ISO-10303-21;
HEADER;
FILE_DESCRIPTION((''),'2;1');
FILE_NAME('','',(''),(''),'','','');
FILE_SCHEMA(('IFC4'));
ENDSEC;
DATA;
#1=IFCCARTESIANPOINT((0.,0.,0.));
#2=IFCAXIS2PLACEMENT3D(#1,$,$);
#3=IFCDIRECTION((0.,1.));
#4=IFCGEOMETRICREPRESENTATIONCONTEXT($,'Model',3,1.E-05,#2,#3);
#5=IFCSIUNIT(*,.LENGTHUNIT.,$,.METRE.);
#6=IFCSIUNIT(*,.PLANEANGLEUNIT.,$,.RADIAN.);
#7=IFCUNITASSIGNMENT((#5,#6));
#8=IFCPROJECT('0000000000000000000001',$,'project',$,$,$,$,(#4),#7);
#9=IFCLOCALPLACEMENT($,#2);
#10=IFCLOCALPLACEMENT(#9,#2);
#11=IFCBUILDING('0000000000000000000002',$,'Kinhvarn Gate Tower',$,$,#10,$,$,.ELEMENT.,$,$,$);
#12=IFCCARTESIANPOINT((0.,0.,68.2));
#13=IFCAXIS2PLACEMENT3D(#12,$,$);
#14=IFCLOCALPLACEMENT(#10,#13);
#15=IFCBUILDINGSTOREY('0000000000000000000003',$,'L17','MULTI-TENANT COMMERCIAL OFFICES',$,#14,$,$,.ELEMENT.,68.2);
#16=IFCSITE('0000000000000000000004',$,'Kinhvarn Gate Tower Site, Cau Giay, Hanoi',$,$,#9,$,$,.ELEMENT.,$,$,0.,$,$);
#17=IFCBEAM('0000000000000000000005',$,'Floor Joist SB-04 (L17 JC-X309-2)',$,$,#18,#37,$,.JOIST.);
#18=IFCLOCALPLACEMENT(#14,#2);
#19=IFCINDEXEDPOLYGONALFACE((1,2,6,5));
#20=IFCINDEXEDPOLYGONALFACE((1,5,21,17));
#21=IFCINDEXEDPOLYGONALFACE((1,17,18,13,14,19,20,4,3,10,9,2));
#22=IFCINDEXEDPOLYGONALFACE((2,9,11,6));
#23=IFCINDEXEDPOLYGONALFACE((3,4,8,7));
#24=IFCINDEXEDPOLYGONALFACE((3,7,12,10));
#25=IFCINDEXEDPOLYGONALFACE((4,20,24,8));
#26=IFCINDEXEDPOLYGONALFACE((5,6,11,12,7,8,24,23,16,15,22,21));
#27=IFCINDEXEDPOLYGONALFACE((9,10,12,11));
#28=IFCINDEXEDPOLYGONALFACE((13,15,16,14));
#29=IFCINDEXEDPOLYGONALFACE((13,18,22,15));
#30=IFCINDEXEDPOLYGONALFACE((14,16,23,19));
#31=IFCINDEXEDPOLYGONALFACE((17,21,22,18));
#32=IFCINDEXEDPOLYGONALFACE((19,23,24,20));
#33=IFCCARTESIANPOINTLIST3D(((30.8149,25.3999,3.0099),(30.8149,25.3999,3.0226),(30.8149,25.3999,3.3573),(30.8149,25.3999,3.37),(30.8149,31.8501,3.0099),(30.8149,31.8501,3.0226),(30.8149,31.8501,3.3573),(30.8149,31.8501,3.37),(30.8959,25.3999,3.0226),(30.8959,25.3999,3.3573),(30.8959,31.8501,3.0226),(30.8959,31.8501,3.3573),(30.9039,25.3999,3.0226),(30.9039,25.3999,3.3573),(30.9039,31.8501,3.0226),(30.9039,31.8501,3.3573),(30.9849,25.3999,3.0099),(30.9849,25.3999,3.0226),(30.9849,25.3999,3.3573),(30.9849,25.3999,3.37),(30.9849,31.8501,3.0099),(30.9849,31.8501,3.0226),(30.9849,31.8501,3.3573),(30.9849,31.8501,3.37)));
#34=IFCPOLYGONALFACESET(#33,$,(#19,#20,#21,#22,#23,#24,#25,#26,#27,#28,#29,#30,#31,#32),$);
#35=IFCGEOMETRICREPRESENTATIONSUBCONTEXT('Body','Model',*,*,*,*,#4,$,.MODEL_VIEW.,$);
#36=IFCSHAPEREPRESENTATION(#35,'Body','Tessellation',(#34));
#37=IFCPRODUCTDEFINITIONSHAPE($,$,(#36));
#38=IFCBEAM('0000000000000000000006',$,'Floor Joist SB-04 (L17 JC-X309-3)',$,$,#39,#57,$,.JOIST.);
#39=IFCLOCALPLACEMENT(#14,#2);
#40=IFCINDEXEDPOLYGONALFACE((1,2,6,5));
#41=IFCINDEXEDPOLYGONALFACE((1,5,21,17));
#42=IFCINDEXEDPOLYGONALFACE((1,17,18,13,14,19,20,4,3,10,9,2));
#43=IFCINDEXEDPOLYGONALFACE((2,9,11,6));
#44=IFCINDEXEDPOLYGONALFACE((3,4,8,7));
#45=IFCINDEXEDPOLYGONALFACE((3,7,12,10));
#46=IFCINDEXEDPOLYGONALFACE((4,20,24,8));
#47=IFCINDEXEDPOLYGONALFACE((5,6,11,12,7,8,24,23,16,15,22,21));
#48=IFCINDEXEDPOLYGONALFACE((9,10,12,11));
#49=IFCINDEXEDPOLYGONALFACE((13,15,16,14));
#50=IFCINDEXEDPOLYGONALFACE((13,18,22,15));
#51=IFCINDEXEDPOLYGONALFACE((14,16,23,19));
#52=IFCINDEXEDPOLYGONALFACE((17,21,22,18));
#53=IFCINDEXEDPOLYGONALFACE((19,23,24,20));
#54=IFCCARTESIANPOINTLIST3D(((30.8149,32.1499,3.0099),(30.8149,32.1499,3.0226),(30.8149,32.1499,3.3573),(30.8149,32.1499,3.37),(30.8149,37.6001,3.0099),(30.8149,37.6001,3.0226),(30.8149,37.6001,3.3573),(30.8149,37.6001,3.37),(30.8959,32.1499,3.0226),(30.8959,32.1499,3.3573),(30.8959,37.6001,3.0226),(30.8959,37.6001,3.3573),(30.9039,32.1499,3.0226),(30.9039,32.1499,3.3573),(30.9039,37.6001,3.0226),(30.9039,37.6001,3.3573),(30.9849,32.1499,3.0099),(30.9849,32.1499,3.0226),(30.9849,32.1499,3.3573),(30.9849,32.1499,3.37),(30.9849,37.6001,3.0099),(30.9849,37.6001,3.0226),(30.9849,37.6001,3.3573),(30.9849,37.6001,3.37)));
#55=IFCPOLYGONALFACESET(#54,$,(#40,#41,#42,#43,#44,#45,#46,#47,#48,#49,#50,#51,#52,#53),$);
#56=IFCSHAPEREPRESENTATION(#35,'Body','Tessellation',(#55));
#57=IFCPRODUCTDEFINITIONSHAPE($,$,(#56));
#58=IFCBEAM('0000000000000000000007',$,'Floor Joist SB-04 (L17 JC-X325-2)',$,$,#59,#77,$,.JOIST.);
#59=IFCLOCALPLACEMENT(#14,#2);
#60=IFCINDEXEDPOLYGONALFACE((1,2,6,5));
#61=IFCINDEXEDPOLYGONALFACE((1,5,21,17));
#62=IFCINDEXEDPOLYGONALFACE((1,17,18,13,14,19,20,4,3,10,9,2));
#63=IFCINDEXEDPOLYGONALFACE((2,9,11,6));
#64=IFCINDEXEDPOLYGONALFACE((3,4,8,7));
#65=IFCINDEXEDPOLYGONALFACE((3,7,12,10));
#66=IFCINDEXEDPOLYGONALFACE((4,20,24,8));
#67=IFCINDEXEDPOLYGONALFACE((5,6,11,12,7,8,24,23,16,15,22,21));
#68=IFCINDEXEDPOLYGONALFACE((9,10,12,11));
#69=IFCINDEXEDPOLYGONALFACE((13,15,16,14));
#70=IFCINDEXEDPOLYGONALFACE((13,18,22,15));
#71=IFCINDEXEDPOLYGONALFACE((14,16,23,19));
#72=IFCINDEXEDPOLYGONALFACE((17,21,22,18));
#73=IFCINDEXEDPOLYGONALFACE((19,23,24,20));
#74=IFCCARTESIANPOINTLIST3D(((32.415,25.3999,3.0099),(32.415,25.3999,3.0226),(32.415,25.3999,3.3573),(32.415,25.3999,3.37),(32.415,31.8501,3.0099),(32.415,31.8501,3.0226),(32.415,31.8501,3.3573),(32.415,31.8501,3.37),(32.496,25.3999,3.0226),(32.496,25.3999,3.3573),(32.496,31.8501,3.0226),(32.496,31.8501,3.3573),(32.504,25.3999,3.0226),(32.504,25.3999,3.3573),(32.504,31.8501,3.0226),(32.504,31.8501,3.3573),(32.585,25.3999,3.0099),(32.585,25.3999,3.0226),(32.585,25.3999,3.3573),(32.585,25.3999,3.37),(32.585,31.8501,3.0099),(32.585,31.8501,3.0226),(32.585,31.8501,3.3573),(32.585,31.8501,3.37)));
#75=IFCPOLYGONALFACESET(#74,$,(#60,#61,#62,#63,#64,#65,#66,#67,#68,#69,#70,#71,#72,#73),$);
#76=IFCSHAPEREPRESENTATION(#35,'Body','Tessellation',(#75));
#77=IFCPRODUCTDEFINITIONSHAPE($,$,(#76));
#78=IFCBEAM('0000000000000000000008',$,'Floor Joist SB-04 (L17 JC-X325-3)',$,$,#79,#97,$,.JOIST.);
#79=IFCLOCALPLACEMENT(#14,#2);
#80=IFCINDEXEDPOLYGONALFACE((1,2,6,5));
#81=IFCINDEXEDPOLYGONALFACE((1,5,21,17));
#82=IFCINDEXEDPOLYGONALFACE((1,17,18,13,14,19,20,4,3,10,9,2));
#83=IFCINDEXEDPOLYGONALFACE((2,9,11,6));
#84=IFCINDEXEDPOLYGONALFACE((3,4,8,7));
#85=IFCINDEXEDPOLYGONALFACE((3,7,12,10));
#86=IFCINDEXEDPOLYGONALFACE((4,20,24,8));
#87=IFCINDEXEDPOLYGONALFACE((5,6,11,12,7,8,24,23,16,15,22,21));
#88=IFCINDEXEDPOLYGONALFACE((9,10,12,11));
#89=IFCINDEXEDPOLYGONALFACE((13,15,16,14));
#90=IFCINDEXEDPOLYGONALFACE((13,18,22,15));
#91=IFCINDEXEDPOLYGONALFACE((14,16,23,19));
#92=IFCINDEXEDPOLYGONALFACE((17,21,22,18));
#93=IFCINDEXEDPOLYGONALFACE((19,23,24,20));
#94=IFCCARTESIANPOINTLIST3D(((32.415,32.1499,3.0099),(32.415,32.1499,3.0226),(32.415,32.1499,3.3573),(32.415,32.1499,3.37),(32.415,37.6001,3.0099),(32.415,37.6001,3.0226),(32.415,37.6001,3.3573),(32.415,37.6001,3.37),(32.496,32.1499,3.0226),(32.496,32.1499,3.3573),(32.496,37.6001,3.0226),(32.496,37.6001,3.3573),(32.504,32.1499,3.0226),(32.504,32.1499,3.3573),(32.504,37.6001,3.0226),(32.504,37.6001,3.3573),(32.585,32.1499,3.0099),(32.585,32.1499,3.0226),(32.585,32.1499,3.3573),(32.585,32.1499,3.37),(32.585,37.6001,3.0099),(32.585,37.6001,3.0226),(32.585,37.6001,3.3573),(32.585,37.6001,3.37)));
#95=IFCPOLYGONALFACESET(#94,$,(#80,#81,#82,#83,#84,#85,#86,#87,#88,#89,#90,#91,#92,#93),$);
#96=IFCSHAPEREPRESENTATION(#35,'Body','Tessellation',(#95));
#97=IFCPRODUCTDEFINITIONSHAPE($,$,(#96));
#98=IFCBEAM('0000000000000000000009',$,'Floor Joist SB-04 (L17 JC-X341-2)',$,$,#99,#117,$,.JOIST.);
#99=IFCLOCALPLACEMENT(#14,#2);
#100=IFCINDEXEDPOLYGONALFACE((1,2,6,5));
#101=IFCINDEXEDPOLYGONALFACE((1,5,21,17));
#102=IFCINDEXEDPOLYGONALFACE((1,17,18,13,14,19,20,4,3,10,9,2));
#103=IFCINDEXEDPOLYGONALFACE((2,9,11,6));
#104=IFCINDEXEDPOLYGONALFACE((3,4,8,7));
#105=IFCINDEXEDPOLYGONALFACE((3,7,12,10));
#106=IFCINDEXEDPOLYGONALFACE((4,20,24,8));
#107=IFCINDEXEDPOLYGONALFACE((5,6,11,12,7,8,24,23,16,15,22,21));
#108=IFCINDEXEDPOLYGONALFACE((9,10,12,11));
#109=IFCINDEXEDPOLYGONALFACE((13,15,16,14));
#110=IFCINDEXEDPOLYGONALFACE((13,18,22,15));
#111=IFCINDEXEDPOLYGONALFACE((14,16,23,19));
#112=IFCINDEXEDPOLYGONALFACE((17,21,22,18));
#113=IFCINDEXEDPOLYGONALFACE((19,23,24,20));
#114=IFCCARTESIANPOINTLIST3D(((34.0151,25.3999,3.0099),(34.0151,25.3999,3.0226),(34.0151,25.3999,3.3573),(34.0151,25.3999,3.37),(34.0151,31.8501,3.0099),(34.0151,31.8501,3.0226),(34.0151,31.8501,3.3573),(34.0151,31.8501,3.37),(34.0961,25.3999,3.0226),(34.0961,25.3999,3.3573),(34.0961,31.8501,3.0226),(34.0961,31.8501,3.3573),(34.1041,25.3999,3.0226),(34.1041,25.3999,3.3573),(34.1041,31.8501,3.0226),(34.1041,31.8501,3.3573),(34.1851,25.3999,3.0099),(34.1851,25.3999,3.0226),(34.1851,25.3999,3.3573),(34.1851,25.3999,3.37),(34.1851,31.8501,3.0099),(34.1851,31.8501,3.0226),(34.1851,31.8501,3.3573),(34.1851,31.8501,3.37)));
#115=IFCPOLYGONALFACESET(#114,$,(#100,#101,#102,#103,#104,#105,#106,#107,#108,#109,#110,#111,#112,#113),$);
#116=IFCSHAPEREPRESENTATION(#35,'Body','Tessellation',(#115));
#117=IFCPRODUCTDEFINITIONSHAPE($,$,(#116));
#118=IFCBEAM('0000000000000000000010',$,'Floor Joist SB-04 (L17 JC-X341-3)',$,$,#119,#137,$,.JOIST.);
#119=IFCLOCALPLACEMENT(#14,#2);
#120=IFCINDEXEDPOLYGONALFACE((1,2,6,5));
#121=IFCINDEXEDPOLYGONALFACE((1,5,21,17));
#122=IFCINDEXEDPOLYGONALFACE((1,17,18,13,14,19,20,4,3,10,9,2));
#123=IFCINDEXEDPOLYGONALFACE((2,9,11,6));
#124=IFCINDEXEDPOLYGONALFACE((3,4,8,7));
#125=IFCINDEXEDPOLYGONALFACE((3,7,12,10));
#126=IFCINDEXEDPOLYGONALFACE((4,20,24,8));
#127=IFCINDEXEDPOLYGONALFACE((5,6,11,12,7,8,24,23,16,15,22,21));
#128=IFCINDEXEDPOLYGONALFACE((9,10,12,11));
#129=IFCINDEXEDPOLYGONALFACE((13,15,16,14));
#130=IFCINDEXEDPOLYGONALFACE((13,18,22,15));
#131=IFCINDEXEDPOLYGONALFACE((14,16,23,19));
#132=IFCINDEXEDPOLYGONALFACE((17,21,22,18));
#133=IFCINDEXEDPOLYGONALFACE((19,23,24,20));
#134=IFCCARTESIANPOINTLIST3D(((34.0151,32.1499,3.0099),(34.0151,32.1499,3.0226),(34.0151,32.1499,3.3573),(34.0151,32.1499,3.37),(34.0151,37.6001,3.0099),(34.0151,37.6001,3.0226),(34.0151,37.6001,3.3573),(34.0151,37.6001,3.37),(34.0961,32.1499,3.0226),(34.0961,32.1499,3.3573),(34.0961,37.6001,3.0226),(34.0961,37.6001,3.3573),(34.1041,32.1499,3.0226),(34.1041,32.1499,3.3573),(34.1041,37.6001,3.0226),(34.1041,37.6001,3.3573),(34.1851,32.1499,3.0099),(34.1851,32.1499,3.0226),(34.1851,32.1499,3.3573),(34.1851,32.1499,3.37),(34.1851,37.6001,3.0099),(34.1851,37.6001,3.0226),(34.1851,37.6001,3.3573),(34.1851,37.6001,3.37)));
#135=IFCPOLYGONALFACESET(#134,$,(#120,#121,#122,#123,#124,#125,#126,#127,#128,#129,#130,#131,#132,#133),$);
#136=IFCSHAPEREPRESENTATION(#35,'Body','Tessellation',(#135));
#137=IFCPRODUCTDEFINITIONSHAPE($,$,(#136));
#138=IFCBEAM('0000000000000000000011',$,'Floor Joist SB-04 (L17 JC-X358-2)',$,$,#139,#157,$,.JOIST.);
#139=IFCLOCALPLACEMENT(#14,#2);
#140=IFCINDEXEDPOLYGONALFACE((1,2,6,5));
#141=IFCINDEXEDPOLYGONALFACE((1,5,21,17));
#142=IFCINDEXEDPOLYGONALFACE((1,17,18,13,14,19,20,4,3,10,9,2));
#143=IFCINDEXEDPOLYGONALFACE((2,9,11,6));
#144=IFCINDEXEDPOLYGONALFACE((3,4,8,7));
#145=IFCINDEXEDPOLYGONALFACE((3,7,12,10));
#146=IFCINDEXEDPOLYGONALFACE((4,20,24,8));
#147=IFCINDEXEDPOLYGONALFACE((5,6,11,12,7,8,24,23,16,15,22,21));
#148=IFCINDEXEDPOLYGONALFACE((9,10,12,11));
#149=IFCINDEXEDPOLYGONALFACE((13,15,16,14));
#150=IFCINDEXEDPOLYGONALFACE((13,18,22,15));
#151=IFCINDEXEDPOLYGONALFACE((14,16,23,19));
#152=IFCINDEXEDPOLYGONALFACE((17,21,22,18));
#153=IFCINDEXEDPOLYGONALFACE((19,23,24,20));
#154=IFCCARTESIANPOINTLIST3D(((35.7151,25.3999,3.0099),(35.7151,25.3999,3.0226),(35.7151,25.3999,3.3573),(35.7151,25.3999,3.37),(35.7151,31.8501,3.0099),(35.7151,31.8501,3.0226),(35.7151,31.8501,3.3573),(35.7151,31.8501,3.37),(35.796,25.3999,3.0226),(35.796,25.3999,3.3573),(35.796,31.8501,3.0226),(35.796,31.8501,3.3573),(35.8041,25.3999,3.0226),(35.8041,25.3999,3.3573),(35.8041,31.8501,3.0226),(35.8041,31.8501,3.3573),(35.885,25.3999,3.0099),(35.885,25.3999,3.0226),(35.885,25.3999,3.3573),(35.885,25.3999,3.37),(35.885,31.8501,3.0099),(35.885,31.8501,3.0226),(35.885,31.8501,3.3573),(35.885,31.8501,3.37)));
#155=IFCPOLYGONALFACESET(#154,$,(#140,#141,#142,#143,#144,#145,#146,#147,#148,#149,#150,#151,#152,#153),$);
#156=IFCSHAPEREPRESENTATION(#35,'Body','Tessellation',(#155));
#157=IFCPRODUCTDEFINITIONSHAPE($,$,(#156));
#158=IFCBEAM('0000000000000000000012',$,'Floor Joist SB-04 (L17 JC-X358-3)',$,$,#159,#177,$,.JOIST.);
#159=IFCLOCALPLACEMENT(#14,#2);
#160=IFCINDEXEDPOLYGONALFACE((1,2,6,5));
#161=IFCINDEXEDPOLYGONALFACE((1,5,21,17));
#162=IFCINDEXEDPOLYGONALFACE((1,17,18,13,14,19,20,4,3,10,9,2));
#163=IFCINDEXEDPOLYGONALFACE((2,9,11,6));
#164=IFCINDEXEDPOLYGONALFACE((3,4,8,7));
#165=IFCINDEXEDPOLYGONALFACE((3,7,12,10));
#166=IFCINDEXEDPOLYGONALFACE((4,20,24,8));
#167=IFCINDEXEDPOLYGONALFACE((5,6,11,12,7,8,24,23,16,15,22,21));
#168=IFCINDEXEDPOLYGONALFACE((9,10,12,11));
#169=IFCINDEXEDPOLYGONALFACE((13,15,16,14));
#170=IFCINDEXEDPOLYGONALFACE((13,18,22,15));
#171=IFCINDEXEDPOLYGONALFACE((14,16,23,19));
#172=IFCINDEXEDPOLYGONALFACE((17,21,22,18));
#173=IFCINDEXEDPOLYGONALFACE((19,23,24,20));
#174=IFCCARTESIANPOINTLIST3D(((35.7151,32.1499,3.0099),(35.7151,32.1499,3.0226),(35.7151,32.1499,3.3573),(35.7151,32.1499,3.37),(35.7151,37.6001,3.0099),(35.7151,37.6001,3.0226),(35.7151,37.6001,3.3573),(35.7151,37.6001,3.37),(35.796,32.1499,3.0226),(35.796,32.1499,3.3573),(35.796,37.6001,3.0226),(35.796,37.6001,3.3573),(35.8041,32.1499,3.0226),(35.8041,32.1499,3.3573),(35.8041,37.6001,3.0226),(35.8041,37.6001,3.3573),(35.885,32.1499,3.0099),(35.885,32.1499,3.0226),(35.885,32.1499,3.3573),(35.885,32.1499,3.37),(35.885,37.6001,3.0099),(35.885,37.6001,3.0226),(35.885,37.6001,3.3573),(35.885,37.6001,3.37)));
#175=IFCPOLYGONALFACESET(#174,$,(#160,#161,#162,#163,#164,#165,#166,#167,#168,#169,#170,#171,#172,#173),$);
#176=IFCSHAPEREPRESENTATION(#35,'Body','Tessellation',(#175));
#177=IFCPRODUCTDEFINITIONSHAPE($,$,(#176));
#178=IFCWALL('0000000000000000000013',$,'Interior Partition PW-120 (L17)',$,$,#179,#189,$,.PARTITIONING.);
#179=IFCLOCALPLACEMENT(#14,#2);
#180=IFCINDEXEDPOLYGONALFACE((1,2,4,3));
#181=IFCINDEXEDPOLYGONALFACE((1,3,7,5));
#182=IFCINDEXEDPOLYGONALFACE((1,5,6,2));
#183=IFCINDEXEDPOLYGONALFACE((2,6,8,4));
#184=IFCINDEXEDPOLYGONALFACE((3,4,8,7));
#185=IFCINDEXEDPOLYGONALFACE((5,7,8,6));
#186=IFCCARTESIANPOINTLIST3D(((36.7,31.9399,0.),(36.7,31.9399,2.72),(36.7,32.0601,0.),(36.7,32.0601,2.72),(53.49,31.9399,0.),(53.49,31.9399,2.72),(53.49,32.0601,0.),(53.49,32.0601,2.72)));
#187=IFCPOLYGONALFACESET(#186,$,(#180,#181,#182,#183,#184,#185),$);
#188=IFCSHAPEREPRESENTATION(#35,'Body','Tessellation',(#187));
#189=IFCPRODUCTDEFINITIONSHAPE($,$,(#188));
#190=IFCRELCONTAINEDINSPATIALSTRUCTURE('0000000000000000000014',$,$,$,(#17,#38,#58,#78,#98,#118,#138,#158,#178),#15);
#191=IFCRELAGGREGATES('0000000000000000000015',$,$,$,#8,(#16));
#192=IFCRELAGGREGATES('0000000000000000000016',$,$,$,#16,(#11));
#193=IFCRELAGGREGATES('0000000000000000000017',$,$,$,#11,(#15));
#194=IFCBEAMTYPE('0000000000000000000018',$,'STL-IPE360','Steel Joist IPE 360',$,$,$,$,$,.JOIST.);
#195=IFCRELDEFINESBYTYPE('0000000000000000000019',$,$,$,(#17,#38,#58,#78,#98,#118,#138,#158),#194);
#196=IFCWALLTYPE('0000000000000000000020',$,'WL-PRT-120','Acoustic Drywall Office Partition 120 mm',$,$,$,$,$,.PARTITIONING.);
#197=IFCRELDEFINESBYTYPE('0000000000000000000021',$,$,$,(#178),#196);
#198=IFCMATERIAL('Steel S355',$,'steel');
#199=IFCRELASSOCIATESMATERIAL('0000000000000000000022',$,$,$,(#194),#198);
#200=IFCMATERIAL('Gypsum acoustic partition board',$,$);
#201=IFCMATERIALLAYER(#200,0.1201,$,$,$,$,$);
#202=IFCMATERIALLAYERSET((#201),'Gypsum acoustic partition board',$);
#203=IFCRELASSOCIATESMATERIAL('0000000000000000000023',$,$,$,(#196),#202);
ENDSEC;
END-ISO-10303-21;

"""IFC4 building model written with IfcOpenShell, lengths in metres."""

from ifc_helpers import new_model, si_unit, direction, frame, frame_2d, origin, origin_2d, place, context, subcontext, project, spatial, rectangle, i_section, extrude, material, layer, layer_set, material_profile, profile_set, type_object, element, save


model = new_model("IFC4")

# Units and contexts
model_context = context("Model", 3, precision=1e-05, world=origin(), true_north=direction((0.0, 1.0)))
body_context = subcontext(model_context, "Body", "Model", "MODEL_VIEW")
ifc_project = project(units=[si_unit("LENGTHUNIT", "METRE"), si_unit("PLANEANGLEUNIT", "RADIAN")], contexts=[model_context])

# Site, building, storey
site_placement = place(None, origin())
site = spatial("IfcSite", under=ifc_project, at=site_placement, Name="Kinhvarn Gate Tower Site, Cau Giay, Hanoi", CompositionType="ELEMENT", RefElevation=0.0)
building_placement = place(site_placement, origin())
building = spatial("IfcBuilding", under=site, at=building_placement, Name="Kinhvarn Gate Tower", CompositionType="ELEMENT")
storey_placement = place(building_placement, frame((0.0, 0.0, 68.2)))
storey = spatial("IfcBuildingStorey", under=building, at=storey_placement, Name="L17", Description="MULTI-TENANT COMMERCIAL OFFICES", CompositionType="ELEMENT", Elevation=68.2)

# Beams
ifc_material_1 = material(Name="Steel S355", Category="steel")
ifc_material_profile = material_profile(ifc_material_1, i_section(OverallWidth=0.1699, OverallDepth=0.3601, WebThickness=0.0081, FlangeThickness=0.0127, at=origin_2d()), Name="IPE 360")
ifc_profile_set = profile_set([ifc_material_profile], Name="Steel S355")
beam_type = type_object("IfcBeamType", Name="STL-IPE360", Description="Steel Joist IPE 360", PredefinedType="JOIST", material=ifc_profile_set)
beam_1_placement = place(storey_placement, frame((30.8999, 25.3999, 3.1899), z_axis=(0.0, 1.0, 0.0), x_axis=(-1.0, 0.0, 0.0)))
element("IfcBeam", 1, at=beam_1_placement, inside=storey, type_object=beam_type, Name="Floor Joist SB-04 (L17 JC-X309-2)", PredefinedType="JOIST", context=body_context, shape_type="SweptSolid", body=[
    extrude(i_section(OverallWidth=0.1699, OverallDepth=0.3601, WebThickness=0.0081, FlangeThickness=0.0127, at=origin_2d()), origin(), (0.0, 0.0, 1.0), 6.4502),
])
beam_2_placement = place(storey_placement, frame((30.8999, 32.1499, 3.1899), z_axis=(0.0, 1.0, 0.0), x_axis=(-1.0, 0.0, 0.0)))
element("IfcBeam", 2, at=beam_2_placement, inside=storey, type_object=beam_type, Name="Floor Joist SB-04 (L17 JC-X309-3)", PredefinedType="JOIST", context=body_context, shape_type="SweptSolid", body=[
    extrude(i_section(OverallWidth=0.1699, OverallDepth=0.3601, WebThickness=0.0081, FlangeThickness=0.0127, at=origin_2d()), origin(), (0.0, 0.0, 1.0), 5.4502),
])
beam_3_placement = place(storey_placement, frame((32.5, 25.3999, 3.1899), z_axis=(0.0, 1.0, 0.0), x_axis=(-1.0, 0.0, 0.0)))
element("IfcBeam", 3, at=beam_3_placement, inside=storey, type_object=beam_type, Name="Floor Joist SB-04 (L17 JC-X325-2)", PredefinedType="JOIST", context=body_context, shape_type="SweptSolid", body=[
    extrude(i_section(OverallWidth=0.1699, OverallDepth=0.3601, WebThickness=0.0081, FlangeThickness=0.0127, at=origin_2d()), origin(), (0.0, 0.0, 1.0), 6.4502),
])
beam_4_placement = place(storey_placement, frame((32.5, 32.1499, 3.1899), z_axis=(0.0, 1.0, 0.0), x_axis=(-1.0, 0.0, 0.0)))
element("IfcBeam", 4, at=beam_4_placement, inside=storey, type_object=beam_type, Name="Floor Joist SB-04 (L17 JC-X325-3)", PredefinedType="JOIST", context=body_context, shape_type="SweptSolid", body=[
    extrude(i_section(OverallWidth=0.1699, OverallDepth=0.3601, WebThickness=0.0081, FlangeThickness=0.0127, at=origin_2d()), origin(), (0.0, 0.0, 1.0), 5.4502),
])
beam_5_placement = place(storey_placement, frame((34.1001, 25.3999, 3.1899), z_axis=(0.0, 1.0, 0.0), x_axis=(-1.0, 0.0, 0.0)))
element("IfcBeam", 5, at=beam_5_placement, inside=storey, type_object=beam_type, Name="Floor Joist SB-04 (L17 JC-X341-2)", PredefinedType="JOIST", context=body_context, shape_type="SweptSolid", body=[
    extrude(i_section(OverallWidth=0.1699, OverallDepth=0.3601, WebThickness=0.0081, FlangeThickness=0.0127, at=origin_2d()), origin(), (0.0, 0.0, 1.0), 6.4502),
])
beam_6_placement = place(storey_placement, frame((34.1001, 32.1499, 3.1899), z_axis=(0.0, 1.0, 0.0), x_axis=(-1.0, 0.0, 0.0)))
element("IfcBeam", 6, at=beam_6_placement, inside=storey, type_object=beam_type, Name="Floor Joist SB-04 (L17 JC-X341-3)", PredefinedType="JOIST", context=body_context, shape_type="SweptSolid", body=[
    extrude(i_section(OverallWidth=0.1699, OverallDepth=0.3601, WebThickness=0.0081, FlangeThickness=0.0127, at=origin_2d()), origin(), (0.0, 0.0, 1.0), 5.4502),
])
beam_7_placement = place(storey_placement, frame((35.8, 25.3999, 3.1899), z_axis=(0.0, 1.0, 0.0), x_axis=(-1.0, 0.0, 0.0)))
element("IfcBeam", 7, at=beam_7_placement, inside=storey, type_object=beam_type, Name="Floor Joist SB-04 (L17 JC-X358-2)", PredefinedType="JOIST", context=body_context, shape_type="SweptSolid", body=[
    extrude(i_section(OverallWidth=0.1699, OverallDepth=0.3601, WebThickness=0.0081, FlangeThickness=0.0127, at=origin_2d()), origin(), (0.0, 0.0, 1.0), 6.4502),
])
beam_8_placement = place(storey_placement, frame((35.8, 32.1499, 3.1899), z_axis=(0.0, 1.0, 0.0), x_axis=(-1.0, 0.0, 0.0)))
element("IfcBeam", 8, at=beam_8_placement, inside=storey, type_object=beam_type, Name="Floor Joist SB-04 (L17 JC-X358-3)", PredefinedType="JOIST", context=body_context, shape_type="SweptSolid", body=[
    extrude(i_section(OverallWidth=0.1699, OverallDepth=0.3601, WebThickness=0.0081, FlangeThickness=0.0127, at=origin_2d()), origin(), (0.0, 0.0, 1.0), 5.4502),
])

# Wall
ifc_material_2 = material(Name="Gypsum acoustic partition board")
ifc_layer_1 = layer(ifc_material_2, 0.1201)
ifc_layer_set_1 = layer_set([ifc_layer_1], Name="Gypsum acoustic partition board")
wall_type_1 = type_object("IfcWallType", Name="WL-PRT-120", Description="Acoustic Drywall Office Partition 120 mm", PredefinedType="PARTITIONING", material=ifc_layer_set_1)
wall_1_placement = place(storey_placement, frame((36.7, 32.0, 0.0), z_axis=(0.0, 0.0, 1.0), x_axis=(1.0, 0.0, 0.0)))
element("IfcWall", 9, at=wall_1_placement, inside=storey, type_object=wall_type_1, Name="Interior Partition PW-120 (L17)", PredefinedType="PARTITIONING", context=body_context, shape_type="SweptSolid", body=[
    extrude(rectangle(XDim=16.79, YDim=0.1201, at=frame_2d((8.395, 0.0))), origin(), (0.0, 0.0, 1.0), 2.72),
])

save(model, "model.ifc")
